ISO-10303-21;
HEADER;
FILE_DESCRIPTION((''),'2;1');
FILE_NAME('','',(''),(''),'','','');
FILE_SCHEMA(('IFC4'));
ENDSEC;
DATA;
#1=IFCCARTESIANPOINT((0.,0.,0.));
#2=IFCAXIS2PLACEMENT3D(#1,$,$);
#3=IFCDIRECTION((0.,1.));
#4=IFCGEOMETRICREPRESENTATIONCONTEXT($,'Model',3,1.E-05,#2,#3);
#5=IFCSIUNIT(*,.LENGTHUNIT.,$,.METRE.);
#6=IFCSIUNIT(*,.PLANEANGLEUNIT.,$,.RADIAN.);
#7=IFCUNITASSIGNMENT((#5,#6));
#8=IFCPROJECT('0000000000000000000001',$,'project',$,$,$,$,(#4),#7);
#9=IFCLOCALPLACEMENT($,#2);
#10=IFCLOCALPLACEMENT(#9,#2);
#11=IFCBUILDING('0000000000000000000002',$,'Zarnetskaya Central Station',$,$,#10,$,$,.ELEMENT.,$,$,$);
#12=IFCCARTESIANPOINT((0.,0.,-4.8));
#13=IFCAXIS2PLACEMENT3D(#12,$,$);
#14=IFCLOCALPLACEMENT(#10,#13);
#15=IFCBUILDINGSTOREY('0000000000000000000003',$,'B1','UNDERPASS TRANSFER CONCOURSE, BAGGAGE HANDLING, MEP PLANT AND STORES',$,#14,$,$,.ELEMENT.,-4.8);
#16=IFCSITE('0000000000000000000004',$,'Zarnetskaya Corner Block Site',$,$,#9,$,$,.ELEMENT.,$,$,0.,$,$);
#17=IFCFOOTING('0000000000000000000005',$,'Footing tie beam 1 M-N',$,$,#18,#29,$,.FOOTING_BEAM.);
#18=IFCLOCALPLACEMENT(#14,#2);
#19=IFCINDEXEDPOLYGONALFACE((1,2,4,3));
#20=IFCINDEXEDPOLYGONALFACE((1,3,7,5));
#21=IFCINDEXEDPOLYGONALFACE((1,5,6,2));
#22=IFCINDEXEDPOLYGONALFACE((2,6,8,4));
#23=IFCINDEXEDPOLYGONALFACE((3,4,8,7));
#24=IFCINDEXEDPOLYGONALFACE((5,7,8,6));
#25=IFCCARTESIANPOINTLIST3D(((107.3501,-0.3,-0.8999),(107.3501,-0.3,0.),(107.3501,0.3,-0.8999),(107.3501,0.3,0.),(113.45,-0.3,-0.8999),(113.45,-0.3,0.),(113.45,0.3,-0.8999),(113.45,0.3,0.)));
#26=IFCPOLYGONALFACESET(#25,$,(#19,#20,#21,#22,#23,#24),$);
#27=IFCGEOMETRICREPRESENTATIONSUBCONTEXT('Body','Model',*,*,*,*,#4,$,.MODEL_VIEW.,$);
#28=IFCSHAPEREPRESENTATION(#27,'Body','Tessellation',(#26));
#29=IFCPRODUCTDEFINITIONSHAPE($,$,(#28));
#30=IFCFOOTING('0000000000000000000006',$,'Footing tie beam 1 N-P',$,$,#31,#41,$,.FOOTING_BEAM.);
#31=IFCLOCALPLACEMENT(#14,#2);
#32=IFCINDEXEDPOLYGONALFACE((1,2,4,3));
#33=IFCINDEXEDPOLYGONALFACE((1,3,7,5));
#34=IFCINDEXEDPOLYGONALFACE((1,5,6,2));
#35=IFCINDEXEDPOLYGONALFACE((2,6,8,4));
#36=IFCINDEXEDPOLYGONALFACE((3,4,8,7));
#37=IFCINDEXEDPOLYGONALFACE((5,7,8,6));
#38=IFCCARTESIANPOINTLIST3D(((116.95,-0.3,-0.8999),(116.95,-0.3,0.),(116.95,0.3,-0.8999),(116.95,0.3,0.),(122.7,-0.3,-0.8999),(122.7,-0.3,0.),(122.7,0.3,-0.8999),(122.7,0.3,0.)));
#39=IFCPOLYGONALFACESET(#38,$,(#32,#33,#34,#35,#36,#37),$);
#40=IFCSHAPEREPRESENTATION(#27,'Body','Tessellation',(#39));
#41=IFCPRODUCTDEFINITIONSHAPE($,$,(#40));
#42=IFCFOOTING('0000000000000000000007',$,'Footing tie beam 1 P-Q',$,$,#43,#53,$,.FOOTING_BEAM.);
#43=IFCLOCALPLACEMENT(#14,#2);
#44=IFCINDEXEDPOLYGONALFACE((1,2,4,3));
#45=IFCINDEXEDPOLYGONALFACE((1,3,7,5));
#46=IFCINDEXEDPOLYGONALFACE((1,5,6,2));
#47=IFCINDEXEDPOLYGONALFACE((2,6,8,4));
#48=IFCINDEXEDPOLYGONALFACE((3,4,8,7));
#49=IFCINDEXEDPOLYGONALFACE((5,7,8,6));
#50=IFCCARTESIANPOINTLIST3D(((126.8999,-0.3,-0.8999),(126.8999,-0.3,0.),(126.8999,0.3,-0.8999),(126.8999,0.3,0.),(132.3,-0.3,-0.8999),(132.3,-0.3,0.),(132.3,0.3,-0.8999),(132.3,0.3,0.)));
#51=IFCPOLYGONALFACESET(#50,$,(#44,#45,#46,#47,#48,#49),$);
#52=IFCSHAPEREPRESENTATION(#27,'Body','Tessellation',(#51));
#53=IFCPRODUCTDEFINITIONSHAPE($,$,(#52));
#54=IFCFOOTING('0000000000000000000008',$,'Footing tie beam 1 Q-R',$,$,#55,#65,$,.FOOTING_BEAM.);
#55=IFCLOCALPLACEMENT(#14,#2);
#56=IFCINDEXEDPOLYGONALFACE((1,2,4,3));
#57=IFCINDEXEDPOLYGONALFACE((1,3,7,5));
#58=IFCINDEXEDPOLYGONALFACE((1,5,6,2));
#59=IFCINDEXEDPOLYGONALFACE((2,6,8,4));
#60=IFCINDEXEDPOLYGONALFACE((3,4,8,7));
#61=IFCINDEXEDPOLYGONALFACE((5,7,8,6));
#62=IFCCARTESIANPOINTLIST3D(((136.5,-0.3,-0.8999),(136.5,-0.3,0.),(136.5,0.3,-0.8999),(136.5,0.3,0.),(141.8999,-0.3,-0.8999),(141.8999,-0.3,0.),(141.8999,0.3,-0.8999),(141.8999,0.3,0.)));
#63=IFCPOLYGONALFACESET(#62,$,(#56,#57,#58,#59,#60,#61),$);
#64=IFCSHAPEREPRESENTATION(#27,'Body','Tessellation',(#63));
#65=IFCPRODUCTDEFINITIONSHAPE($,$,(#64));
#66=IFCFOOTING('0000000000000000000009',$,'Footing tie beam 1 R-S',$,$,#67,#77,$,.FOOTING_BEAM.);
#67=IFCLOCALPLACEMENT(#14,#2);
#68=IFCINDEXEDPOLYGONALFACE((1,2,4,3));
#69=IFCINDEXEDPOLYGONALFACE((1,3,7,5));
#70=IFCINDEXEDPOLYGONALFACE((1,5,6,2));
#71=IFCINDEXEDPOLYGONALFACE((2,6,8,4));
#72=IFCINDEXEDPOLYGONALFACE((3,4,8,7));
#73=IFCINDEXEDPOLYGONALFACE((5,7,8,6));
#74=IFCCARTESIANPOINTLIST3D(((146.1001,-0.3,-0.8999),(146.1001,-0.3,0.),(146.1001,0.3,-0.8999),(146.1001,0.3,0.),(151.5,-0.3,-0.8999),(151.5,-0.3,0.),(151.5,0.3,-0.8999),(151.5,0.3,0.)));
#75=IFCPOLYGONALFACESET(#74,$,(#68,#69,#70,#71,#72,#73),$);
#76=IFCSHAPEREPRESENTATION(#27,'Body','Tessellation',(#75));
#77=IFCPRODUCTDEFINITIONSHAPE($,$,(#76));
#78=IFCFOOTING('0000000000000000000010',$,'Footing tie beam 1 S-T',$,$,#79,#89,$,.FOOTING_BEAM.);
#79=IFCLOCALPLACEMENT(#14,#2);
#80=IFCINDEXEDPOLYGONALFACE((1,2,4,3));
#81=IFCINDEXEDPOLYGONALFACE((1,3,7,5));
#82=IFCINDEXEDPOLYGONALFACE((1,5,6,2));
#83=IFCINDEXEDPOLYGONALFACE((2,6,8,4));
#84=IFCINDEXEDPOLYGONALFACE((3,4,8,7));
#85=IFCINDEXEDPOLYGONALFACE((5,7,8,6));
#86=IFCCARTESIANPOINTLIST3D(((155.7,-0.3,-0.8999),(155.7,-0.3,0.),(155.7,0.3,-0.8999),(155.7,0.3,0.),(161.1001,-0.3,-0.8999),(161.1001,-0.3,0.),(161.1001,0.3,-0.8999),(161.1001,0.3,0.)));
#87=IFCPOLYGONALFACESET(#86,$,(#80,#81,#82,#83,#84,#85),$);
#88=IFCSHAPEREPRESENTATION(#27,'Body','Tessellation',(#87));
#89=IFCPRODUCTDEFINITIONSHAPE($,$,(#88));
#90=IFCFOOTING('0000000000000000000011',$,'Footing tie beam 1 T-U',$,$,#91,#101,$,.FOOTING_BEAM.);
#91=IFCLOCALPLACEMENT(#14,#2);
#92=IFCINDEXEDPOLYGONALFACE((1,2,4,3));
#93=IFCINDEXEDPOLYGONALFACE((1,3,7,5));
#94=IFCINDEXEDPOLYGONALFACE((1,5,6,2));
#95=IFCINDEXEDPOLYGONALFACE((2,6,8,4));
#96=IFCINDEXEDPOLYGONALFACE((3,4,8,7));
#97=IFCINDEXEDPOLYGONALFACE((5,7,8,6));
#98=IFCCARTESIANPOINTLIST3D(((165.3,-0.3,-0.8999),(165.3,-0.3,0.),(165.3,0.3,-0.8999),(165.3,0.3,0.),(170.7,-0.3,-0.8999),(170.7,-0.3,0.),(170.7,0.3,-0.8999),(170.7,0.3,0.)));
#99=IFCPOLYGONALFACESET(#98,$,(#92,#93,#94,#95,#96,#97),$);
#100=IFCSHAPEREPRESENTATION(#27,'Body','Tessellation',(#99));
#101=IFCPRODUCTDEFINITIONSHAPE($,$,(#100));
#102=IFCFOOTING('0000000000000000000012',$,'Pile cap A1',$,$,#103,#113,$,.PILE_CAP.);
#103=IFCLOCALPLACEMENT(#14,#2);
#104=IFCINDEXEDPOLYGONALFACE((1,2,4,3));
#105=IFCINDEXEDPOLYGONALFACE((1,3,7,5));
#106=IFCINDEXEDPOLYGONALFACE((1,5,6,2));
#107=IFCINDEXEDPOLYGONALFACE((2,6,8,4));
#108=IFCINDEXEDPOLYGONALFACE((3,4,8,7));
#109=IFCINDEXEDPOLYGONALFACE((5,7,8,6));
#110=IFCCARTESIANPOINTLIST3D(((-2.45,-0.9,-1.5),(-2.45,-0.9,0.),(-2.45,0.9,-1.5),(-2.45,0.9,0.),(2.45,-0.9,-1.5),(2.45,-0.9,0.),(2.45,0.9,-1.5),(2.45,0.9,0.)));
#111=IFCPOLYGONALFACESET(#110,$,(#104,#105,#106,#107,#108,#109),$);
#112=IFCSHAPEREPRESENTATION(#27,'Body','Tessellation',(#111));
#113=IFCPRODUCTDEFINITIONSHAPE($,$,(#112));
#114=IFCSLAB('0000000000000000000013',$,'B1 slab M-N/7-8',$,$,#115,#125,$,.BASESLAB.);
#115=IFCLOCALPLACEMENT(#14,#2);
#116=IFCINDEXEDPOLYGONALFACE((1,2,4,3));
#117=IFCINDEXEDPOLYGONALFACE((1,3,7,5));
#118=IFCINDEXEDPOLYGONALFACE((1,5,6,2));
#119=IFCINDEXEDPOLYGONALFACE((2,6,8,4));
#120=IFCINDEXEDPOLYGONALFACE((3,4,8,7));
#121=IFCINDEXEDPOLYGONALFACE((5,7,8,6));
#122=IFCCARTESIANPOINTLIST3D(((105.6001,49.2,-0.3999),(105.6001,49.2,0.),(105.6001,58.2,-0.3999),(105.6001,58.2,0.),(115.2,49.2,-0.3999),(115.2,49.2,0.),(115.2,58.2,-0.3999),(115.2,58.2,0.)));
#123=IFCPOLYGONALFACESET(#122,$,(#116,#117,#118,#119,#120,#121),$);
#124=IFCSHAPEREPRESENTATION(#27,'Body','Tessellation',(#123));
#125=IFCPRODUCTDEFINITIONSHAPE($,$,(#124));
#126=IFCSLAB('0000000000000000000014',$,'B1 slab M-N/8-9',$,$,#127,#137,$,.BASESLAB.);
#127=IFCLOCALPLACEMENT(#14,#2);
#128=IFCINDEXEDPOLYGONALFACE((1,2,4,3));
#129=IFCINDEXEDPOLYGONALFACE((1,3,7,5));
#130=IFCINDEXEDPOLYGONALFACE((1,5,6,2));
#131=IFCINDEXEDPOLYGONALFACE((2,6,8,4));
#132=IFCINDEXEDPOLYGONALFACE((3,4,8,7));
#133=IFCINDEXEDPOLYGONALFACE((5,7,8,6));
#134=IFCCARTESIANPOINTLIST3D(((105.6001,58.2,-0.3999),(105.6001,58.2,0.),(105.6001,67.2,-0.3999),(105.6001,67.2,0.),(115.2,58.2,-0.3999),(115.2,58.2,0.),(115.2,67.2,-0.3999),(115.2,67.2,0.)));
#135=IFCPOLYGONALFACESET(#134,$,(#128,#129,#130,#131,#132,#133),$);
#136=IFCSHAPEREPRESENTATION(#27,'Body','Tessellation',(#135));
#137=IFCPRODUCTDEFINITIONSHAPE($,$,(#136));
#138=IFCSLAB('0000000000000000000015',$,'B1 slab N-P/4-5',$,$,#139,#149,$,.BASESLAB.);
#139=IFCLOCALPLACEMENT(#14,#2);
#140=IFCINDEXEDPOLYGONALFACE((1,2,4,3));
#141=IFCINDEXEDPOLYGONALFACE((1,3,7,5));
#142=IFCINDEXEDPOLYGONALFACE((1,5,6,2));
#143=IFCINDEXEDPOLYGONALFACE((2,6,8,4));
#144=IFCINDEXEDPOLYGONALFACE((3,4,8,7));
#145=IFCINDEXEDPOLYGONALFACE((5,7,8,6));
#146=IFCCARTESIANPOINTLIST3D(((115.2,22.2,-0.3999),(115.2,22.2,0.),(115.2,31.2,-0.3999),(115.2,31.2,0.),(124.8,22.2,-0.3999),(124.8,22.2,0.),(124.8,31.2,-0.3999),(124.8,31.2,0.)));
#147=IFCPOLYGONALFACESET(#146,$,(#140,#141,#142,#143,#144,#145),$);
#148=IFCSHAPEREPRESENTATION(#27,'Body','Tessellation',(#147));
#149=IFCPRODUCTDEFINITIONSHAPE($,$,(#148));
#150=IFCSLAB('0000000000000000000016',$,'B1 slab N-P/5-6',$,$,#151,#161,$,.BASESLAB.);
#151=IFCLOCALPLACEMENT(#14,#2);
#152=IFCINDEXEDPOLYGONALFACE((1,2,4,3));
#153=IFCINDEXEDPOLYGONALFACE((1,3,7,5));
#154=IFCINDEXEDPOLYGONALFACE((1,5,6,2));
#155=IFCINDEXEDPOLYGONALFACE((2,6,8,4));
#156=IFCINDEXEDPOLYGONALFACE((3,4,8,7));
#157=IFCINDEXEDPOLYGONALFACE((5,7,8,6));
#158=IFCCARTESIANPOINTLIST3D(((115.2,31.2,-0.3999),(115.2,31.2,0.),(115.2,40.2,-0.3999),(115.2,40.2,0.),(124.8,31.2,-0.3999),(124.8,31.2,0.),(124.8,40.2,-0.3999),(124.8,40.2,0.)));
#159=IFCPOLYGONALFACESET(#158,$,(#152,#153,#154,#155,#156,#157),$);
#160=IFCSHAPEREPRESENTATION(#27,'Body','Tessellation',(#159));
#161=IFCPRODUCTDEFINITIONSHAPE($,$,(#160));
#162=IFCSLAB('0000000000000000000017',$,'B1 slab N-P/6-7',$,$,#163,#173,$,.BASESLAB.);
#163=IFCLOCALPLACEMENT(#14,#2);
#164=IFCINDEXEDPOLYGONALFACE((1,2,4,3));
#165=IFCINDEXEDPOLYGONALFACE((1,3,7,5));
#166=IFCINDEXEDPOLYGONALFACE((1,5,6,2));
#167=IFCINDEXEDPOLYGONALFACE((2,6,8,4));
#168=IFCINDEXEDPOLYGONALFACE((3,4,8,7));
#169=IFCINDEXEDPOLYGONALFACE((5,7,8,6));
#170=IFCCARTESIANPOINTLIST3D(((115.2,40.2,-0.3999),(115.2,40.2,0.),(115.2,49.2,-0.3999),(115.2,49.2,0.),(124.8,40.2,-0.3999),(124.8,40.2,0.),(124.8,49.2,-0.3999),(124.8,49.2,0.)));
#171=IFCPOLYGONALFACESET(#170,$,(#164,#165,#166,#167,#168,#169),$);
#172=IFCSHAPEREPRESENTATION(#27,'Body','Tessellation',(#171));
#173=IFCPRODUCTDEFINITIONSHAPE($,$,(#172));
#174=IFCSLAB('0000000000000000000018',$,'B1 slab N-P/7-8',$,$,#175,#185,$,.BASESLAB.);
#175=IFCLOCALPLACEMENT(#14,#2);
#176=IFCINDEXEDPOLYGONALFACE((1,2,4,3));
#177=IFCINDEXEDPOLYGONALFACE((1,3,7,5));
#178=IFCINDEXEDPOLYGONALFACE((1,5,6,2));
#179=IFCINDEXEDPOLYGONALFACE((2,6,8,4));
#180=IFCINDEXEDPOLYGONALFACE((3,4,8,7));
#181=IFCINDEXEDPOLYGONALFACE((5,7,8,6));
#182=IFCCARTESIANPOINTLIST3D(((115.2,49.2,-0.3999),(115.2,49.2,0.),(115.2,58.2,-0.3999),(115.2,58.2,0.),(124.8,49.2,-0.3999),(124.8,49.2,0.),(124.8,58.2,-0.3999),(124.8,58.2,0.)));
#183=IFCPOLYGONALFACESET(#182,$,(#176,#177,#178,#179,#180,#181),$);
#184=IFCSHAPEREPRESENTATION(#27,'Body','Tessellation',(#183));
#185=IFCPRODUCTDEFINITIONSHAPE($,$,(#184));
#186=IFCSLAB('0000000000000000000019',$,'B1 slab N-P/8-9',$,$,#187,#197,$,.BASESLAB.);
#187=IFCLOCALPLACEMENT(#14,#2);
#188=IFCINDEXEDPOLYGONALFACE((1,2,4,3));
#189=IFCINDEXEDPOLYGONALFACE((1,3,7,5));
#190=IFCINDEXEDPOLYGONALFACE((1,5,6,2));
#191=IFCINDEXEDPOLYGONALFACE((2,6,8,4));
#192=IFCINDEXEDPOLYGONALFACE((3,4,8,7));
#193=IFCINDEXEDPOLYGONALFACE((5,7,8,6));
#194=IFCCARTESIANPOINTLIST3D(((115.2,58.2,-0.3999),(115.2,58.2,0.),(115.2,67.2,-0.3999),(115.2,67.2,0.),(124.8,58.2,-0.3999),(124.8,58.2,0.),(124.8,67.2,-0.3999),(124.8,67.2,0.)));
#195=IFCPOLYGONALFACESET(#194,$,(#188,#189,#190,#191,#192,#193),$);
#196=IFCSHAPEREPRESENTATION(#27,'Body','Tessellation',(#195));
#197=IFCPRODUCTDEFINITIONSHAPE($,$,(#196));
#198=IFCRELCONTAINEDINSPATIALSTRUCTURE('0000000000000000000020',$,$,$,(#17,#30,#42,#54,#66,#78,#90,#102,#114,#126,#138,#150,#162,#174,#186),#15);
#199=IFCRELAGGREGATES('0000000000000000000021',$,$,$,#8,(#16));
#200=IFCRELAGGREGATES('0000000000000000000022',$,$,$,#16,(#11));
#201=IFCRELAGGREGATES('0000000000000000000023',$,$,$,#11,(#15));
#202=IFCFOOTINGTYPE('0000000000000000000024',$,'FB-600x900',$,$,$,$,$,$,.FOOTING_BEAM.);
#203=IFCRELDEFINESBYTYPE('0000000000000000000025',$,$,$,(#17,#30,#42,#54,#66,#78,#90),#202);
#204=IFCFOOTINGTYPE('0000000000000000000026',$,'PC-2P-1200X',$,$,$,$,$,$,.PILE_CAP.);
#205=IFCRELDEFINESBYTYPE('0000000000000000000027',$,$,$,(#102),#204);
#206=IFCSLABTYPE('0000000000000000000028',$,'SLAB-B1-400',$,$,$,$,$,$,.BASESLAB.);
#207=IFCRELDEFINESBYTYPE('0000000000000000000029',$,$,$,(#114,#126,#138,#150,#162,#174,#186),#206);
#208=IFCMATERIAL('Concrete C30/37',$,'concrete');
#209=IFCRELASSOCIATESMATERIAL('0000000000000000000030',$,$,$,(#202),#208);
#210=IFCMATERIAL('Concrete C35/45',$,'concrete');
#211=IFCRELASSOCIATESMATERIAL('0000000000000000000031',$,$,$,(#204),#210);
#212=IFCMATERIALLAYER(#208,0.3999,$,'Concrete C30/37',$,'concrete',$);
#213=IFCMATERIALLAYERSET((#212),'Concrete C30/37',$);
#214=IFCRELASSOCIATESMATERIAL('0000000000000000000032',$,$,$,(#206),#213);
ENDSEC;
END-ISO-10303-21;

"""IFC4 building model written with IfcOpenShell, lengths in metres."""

from ifc_helpers import new_model, si_unit, direction, frame, origin, origin_2d, place, context, subcontext, project, spatial, polyline, rectangle, outline, extrude, material, layer, layer_set, type_object, element, save


model = new_model("IFC4")

# Units and contexts
model_context = context("Model", 3, precision=1e-05, world=origin(), true_north=direction((0.0, 1.0)))
body_context = subcontext(model_context, "Body", "Model", "MODEL_VIEW")
ifc_project = project(units=[si_unit("LENGTHUNIT", "METRE"), si_unit("PLANEANGLEUNIT", "RADIAN")], contexts=[model_context])

# Site, building, storey
site_placement = place(None, origin())
site = spatial("IfcSite", under=ifc_project, at=site_placement, Name="Zarnetskaya Corner Block Site", CompositionType="ELEMENT", RefElevation=0.0)
building_placement = place(site_placement, origin())
building = spatial("IfcBuilding", under=site, at=building_placement, Name="Zarnetskaya Central Station", CompositionType="ELEMENT")
storey_placement = place(building_placement, frame((0.0, 0.0, -4.8)))
storey = spatial("IfcBuildingStorey", under=building, at=storey_placement, Name="B1", Description="UNDERPASS TRANSFER CONCOURSE, BAGGAGE HANDLING, MEP PLANT AND STORES", CompositionType="ELEMENT", Elevation=-4.8)

# Footings
ifc_material_1 = material(Name="Concrete C30/37", Category="concrete")
footing_type_1 = type_object("IfcFootingType", Name="FB-600x900", PredefinedType="FOOTING_BEAM", material=ifc_material_1)
footing_1_placement = place(storey_placement, frame((0.0, 0.0, -0.8999)))
element("IfcFooting", 1, at=footing_1_placement, inside=storey, type_object=footing_type_1, Name="Footing tie beam 1 M-N", PredefinedType="FOOTING_BEAM", context=body_context, shape_type="SweptSolid", body=[
    extrude(outline(polyline([(107.3501, -0.3), (113.45, -0.3), (113.45, 0.3), (107.3501, 0.3), (107.3501, -0.3)])), origin(), (0.0, 0.0, 1.0), 0.8999),
])
footing_2_placement = place(storey_placement, frame((0.0, 0.0, -0.8999)))
element("IfcFooting", 2, at=footing_2_placement, inside=storey, type_object=footing_type_1, Name="Footing tie beam 1 N-P", PredefinedType="FOOTING_BEAM", context=body_context, shape_type="SweptSolid", body=[
    extrude(outline(polyline([(116.95, -0.3), (122.7, -0.3), (122.7, 0.3), (116.95, 0.3), (116.95, -0.3)])), origin(), (0.0, 0.0, 1.0), 0.8999),
])
footing_3_placement = place(storey_placement, frame((0.0, 0.0, -0.8999)))
element("IfcFooting", 3, at=footing_3_placement, inside=storey, type_object=footing_type_1, Name="Footing tie beam 1 P-Q", PredefinedType="FOOTING_BEAM", context=body_context, shape_type="SweptSolid", body=[
    extrude(outline(polyline([(126.8999, -0.3), (132.3, -0.3), (132.3, 0.3), (126.8999, 0.3), (126.8999, -0.3)])), origin(), (0.0, 0.0, 1.0), 0.8999),
])
footing_4_placement = place(storey_placement, frame((0.0, 0.0, -0.8999)))
element("IfcFooting", 4, at=footing_4_placement, inside=storey, type_object=footing_type_1, Name="Footing tie beam 1 Q-R", PredefinedType="FOOTING_BEAM", context=body_context, shape_type="SweptSolid", body=[
    extrude(outline(polyline([(136.5, -0.3), (141.8999, -0.3), (141.8999, 0.3), (136.5, 0.3), (136.5, -0.3)])), origin(), (0.0, 0.0, 1.0), 0.8999),
])
footing_5_placement = place(storey_placement, frame((0.0, 0.0, -0.8999)))
element("IfcFooting", 5, at=footing_5_placement, inside=storey, type_object=footing_type_1, Name="Footing tie beam 1 R-S", PredefinedType="FOOTING_BEAM", context=body_context, shape_type="SweptSolid", body=[
    extrude(outline(polyline([(146.1001, -0.3), (151.5, -0.3), (151.5, 0.3), (146.1001, 0.3), (146.1001, -0.3)])), origin(), (0.0, 0.0, 1.0), 0.8999),
])
footing_6_placement = place(storey_placement, frame((0.0, 0.0, -0.8999)))
element("IfcFooting", 6, at=footing_6_placement, inside=storey, type_object=footing_type_1, Name="Footing tie beam 1 S-T", PredefinedType="FOOTING_BEAM", context=body_context, shape_type="SweptSolid", body=[
    extrude(outline(polyline([(155.7, -0.3), (161.1001, -0.3), (161.1001, 0.3), (155.7, 0.3), (155.7, -0.3)])), origin(), (0.0, 0.0, 1.0), 0.8999),
])
footing_7_placement = place(storey_placement, frame((0.0, 0.0, -0.8999)))
element("IfcFooting", 7, at=footing_7_placement, inside=storey, type_object=footing_type_1, Name="Footing tie beam 1 T-U", PredefinedType="FOOTING_BEAM", context=body_context, shape_type="SweptSolid", body=[
    extrude(outline(polyline([(165.3, -0.3), (170.7, -0.3), (170.7, 0.3), (165.3, 0.3), (165.3, -0.3)])), origin(), (0.0, 0.0, 1.0), 0.8999),
])
ifc_material_2 = material(Name="Concrete C35/45", Category="concrete")
footing_type_2 = type_object("IfcFootingType", Name="PC-2P-1200X", PredefinedType="PILE_CAP", material=ifc_material_2)
footing_8_placement = place(storey_placement, frame((0.0, 0.0, -1.5), z_axis=(0.0, 0.0, 1.0), x_axis=(1.0, 0.0, 0.0)))
element("IfcFooting", 8, at=footing_8_placement, inside=storey, type_object=footing_type_2, Name="Pile cap A1", PredefinedType="PILE_CAP", context=body_context, shape_type="SweptSolid", body=[
    extrude(rectangle(XDim=4.8999, YDim=1.8, at=origin_2d()), origin(), (0.0, 0.0, 1.0), 1.5),
])

# Slabs
ifc_layer = layer(ifc_material_1, 0.3999, Name="Concrete C30/37", Category="concrete")
ifc_layer_set = layer_set([ifc_layer], Name="Concrete C30/37")
slab_type = type_object("IfcSlabType", Name="SLAB-B1-400", PredefinedType="BASESLAB", material=ifc_layer_set)
slab_1_placement = place(storey_placement, frame((0.0, 0.0, -0.3999)))
element("IfcSlab", 9, at=slab_1_placement, inside=storey, type_object=slab_type, Name="B1 slab M-N/7-8", PredefinedType="BASESLAB", context=body_context, shape_type="SweptSolid", body=[
    extrude(outline(polyline([(105.6001, 49.2), (115.2, 49.2), (115.2, 58.2), (105.6001, 58.2), (105.6001, 49.2)])), origin(), (0.0, 0.0, 1.0), 0.3999),
])
slab_2_placement = place(storey_placement, frame((0.0, 0.0, -0.3999)))
element("IfcSlab", 10, at=slab_2_placement, inside=storey, type_object=slab_type, Name="B1 slab M-N/8-9", PredefinedType="BASESLAB", context=body_context, shape_type="SweptSolid", body=[
    extrude(outline(polyline([(105.6001, 58.2), (115.2, 58.2), (115.2, 67.2), (105.6001, 67.2), (105.6001, 58.2)])), origin(), (0.0, 0.0, 1.0), 0.3999),
])
slab_3_placement = place(storey_placement, frame((0.0, 0.0, -0.3999)))
element("IfcSlab", 11, at=slab_3_placement, inside=storey, type_object=slab_type, Name="B1 slab N-P/4-5", PredefinedType="BASESLAB", context=body_context, shape_type="SweptSolid", body=[
    extrude(outline(polyline([(115.2, 22.2), (124.8, 22.2), (124.8, 31.2), (115.2, 31.2), (115.2, 22.2)])), origin(), (0.0, 0.0, 1.0), 0.3999),
])
slab_4_placement = place(storey_placement, frame((0.0, 0.0, -0.3999)))
element("IfcSlab", 12, at=slab_4_placement, inside=storey, type_object=slab_type, Name="B1 slab N-P/5-6", PredefinedType="BASESLAB", context=body_context, shape_type="SweptSolid", body=[
    extrude(outline(polyline([(115.2, 31.2), (124.8, 31.2), (124.8, 40.2), (115.2, 40.2), (115.2, 31.2)])), origin(), (0.0, 0.0, 1.0), 0.3999),
])
slab_5_placement = place(storey_placement, frame((0.0, 0.0, -0.3999)))
element("IfcSlab", 13, at=slab_5_placement, inside=storey, type_object=slab_type, Name="B1 slab N-P/6-7", PredefinedType="BASESLAB", context=body_context, shape_type="SweptSolid", body=[
    extrude(outline(polyline([(115.2, 40.2), (124.8, 40.2), (124.8, 49.2), (115.2, 49.2), (115.2, 40.2)])), origin(), (0.0, 0.0, 1.0), 0.3999),
])
slab_6_placement = place(storey_placement, frame((0.0, 0.0, -0.3999)))
element("IfcSlab", 14, at=slab_6_placement, inside=storey, type_object=slab_type, Name="B1 slab N-P/7-8", PredefinedType="BASESLAB", context=body_context, shape_type="SweptSolid", body=[
    extrude(outline(polyline([(115.2, 49.2), (124.8, 49.2), (124.8, 58.2), (115.2, 58.2), (115.2, 49.2)])), origin(), (0.0, 0.0, 1.0), 0.3999),
])
slab_7_placement = place(storey_placement, frame((0.0, 0.0, -0.3999)))
element("IfcSlab", 15, at=slab_7_placement, inside=storey, type_object=slab_type, Name="B1 slab N-P/8-9", PredefinedType="BASESLAB", context=body_context, shape_type="SweptSolid", body=[
    extrude(outline(polyline([(115.2, 58.2), (124.8, 58.2), (124.8, 67.2), (115.2, 67.2), (115.2, 58.2)])), origin(), (0.0, 0.0, 1.0), 0.3999),
])

save(model, "model.ifc")
